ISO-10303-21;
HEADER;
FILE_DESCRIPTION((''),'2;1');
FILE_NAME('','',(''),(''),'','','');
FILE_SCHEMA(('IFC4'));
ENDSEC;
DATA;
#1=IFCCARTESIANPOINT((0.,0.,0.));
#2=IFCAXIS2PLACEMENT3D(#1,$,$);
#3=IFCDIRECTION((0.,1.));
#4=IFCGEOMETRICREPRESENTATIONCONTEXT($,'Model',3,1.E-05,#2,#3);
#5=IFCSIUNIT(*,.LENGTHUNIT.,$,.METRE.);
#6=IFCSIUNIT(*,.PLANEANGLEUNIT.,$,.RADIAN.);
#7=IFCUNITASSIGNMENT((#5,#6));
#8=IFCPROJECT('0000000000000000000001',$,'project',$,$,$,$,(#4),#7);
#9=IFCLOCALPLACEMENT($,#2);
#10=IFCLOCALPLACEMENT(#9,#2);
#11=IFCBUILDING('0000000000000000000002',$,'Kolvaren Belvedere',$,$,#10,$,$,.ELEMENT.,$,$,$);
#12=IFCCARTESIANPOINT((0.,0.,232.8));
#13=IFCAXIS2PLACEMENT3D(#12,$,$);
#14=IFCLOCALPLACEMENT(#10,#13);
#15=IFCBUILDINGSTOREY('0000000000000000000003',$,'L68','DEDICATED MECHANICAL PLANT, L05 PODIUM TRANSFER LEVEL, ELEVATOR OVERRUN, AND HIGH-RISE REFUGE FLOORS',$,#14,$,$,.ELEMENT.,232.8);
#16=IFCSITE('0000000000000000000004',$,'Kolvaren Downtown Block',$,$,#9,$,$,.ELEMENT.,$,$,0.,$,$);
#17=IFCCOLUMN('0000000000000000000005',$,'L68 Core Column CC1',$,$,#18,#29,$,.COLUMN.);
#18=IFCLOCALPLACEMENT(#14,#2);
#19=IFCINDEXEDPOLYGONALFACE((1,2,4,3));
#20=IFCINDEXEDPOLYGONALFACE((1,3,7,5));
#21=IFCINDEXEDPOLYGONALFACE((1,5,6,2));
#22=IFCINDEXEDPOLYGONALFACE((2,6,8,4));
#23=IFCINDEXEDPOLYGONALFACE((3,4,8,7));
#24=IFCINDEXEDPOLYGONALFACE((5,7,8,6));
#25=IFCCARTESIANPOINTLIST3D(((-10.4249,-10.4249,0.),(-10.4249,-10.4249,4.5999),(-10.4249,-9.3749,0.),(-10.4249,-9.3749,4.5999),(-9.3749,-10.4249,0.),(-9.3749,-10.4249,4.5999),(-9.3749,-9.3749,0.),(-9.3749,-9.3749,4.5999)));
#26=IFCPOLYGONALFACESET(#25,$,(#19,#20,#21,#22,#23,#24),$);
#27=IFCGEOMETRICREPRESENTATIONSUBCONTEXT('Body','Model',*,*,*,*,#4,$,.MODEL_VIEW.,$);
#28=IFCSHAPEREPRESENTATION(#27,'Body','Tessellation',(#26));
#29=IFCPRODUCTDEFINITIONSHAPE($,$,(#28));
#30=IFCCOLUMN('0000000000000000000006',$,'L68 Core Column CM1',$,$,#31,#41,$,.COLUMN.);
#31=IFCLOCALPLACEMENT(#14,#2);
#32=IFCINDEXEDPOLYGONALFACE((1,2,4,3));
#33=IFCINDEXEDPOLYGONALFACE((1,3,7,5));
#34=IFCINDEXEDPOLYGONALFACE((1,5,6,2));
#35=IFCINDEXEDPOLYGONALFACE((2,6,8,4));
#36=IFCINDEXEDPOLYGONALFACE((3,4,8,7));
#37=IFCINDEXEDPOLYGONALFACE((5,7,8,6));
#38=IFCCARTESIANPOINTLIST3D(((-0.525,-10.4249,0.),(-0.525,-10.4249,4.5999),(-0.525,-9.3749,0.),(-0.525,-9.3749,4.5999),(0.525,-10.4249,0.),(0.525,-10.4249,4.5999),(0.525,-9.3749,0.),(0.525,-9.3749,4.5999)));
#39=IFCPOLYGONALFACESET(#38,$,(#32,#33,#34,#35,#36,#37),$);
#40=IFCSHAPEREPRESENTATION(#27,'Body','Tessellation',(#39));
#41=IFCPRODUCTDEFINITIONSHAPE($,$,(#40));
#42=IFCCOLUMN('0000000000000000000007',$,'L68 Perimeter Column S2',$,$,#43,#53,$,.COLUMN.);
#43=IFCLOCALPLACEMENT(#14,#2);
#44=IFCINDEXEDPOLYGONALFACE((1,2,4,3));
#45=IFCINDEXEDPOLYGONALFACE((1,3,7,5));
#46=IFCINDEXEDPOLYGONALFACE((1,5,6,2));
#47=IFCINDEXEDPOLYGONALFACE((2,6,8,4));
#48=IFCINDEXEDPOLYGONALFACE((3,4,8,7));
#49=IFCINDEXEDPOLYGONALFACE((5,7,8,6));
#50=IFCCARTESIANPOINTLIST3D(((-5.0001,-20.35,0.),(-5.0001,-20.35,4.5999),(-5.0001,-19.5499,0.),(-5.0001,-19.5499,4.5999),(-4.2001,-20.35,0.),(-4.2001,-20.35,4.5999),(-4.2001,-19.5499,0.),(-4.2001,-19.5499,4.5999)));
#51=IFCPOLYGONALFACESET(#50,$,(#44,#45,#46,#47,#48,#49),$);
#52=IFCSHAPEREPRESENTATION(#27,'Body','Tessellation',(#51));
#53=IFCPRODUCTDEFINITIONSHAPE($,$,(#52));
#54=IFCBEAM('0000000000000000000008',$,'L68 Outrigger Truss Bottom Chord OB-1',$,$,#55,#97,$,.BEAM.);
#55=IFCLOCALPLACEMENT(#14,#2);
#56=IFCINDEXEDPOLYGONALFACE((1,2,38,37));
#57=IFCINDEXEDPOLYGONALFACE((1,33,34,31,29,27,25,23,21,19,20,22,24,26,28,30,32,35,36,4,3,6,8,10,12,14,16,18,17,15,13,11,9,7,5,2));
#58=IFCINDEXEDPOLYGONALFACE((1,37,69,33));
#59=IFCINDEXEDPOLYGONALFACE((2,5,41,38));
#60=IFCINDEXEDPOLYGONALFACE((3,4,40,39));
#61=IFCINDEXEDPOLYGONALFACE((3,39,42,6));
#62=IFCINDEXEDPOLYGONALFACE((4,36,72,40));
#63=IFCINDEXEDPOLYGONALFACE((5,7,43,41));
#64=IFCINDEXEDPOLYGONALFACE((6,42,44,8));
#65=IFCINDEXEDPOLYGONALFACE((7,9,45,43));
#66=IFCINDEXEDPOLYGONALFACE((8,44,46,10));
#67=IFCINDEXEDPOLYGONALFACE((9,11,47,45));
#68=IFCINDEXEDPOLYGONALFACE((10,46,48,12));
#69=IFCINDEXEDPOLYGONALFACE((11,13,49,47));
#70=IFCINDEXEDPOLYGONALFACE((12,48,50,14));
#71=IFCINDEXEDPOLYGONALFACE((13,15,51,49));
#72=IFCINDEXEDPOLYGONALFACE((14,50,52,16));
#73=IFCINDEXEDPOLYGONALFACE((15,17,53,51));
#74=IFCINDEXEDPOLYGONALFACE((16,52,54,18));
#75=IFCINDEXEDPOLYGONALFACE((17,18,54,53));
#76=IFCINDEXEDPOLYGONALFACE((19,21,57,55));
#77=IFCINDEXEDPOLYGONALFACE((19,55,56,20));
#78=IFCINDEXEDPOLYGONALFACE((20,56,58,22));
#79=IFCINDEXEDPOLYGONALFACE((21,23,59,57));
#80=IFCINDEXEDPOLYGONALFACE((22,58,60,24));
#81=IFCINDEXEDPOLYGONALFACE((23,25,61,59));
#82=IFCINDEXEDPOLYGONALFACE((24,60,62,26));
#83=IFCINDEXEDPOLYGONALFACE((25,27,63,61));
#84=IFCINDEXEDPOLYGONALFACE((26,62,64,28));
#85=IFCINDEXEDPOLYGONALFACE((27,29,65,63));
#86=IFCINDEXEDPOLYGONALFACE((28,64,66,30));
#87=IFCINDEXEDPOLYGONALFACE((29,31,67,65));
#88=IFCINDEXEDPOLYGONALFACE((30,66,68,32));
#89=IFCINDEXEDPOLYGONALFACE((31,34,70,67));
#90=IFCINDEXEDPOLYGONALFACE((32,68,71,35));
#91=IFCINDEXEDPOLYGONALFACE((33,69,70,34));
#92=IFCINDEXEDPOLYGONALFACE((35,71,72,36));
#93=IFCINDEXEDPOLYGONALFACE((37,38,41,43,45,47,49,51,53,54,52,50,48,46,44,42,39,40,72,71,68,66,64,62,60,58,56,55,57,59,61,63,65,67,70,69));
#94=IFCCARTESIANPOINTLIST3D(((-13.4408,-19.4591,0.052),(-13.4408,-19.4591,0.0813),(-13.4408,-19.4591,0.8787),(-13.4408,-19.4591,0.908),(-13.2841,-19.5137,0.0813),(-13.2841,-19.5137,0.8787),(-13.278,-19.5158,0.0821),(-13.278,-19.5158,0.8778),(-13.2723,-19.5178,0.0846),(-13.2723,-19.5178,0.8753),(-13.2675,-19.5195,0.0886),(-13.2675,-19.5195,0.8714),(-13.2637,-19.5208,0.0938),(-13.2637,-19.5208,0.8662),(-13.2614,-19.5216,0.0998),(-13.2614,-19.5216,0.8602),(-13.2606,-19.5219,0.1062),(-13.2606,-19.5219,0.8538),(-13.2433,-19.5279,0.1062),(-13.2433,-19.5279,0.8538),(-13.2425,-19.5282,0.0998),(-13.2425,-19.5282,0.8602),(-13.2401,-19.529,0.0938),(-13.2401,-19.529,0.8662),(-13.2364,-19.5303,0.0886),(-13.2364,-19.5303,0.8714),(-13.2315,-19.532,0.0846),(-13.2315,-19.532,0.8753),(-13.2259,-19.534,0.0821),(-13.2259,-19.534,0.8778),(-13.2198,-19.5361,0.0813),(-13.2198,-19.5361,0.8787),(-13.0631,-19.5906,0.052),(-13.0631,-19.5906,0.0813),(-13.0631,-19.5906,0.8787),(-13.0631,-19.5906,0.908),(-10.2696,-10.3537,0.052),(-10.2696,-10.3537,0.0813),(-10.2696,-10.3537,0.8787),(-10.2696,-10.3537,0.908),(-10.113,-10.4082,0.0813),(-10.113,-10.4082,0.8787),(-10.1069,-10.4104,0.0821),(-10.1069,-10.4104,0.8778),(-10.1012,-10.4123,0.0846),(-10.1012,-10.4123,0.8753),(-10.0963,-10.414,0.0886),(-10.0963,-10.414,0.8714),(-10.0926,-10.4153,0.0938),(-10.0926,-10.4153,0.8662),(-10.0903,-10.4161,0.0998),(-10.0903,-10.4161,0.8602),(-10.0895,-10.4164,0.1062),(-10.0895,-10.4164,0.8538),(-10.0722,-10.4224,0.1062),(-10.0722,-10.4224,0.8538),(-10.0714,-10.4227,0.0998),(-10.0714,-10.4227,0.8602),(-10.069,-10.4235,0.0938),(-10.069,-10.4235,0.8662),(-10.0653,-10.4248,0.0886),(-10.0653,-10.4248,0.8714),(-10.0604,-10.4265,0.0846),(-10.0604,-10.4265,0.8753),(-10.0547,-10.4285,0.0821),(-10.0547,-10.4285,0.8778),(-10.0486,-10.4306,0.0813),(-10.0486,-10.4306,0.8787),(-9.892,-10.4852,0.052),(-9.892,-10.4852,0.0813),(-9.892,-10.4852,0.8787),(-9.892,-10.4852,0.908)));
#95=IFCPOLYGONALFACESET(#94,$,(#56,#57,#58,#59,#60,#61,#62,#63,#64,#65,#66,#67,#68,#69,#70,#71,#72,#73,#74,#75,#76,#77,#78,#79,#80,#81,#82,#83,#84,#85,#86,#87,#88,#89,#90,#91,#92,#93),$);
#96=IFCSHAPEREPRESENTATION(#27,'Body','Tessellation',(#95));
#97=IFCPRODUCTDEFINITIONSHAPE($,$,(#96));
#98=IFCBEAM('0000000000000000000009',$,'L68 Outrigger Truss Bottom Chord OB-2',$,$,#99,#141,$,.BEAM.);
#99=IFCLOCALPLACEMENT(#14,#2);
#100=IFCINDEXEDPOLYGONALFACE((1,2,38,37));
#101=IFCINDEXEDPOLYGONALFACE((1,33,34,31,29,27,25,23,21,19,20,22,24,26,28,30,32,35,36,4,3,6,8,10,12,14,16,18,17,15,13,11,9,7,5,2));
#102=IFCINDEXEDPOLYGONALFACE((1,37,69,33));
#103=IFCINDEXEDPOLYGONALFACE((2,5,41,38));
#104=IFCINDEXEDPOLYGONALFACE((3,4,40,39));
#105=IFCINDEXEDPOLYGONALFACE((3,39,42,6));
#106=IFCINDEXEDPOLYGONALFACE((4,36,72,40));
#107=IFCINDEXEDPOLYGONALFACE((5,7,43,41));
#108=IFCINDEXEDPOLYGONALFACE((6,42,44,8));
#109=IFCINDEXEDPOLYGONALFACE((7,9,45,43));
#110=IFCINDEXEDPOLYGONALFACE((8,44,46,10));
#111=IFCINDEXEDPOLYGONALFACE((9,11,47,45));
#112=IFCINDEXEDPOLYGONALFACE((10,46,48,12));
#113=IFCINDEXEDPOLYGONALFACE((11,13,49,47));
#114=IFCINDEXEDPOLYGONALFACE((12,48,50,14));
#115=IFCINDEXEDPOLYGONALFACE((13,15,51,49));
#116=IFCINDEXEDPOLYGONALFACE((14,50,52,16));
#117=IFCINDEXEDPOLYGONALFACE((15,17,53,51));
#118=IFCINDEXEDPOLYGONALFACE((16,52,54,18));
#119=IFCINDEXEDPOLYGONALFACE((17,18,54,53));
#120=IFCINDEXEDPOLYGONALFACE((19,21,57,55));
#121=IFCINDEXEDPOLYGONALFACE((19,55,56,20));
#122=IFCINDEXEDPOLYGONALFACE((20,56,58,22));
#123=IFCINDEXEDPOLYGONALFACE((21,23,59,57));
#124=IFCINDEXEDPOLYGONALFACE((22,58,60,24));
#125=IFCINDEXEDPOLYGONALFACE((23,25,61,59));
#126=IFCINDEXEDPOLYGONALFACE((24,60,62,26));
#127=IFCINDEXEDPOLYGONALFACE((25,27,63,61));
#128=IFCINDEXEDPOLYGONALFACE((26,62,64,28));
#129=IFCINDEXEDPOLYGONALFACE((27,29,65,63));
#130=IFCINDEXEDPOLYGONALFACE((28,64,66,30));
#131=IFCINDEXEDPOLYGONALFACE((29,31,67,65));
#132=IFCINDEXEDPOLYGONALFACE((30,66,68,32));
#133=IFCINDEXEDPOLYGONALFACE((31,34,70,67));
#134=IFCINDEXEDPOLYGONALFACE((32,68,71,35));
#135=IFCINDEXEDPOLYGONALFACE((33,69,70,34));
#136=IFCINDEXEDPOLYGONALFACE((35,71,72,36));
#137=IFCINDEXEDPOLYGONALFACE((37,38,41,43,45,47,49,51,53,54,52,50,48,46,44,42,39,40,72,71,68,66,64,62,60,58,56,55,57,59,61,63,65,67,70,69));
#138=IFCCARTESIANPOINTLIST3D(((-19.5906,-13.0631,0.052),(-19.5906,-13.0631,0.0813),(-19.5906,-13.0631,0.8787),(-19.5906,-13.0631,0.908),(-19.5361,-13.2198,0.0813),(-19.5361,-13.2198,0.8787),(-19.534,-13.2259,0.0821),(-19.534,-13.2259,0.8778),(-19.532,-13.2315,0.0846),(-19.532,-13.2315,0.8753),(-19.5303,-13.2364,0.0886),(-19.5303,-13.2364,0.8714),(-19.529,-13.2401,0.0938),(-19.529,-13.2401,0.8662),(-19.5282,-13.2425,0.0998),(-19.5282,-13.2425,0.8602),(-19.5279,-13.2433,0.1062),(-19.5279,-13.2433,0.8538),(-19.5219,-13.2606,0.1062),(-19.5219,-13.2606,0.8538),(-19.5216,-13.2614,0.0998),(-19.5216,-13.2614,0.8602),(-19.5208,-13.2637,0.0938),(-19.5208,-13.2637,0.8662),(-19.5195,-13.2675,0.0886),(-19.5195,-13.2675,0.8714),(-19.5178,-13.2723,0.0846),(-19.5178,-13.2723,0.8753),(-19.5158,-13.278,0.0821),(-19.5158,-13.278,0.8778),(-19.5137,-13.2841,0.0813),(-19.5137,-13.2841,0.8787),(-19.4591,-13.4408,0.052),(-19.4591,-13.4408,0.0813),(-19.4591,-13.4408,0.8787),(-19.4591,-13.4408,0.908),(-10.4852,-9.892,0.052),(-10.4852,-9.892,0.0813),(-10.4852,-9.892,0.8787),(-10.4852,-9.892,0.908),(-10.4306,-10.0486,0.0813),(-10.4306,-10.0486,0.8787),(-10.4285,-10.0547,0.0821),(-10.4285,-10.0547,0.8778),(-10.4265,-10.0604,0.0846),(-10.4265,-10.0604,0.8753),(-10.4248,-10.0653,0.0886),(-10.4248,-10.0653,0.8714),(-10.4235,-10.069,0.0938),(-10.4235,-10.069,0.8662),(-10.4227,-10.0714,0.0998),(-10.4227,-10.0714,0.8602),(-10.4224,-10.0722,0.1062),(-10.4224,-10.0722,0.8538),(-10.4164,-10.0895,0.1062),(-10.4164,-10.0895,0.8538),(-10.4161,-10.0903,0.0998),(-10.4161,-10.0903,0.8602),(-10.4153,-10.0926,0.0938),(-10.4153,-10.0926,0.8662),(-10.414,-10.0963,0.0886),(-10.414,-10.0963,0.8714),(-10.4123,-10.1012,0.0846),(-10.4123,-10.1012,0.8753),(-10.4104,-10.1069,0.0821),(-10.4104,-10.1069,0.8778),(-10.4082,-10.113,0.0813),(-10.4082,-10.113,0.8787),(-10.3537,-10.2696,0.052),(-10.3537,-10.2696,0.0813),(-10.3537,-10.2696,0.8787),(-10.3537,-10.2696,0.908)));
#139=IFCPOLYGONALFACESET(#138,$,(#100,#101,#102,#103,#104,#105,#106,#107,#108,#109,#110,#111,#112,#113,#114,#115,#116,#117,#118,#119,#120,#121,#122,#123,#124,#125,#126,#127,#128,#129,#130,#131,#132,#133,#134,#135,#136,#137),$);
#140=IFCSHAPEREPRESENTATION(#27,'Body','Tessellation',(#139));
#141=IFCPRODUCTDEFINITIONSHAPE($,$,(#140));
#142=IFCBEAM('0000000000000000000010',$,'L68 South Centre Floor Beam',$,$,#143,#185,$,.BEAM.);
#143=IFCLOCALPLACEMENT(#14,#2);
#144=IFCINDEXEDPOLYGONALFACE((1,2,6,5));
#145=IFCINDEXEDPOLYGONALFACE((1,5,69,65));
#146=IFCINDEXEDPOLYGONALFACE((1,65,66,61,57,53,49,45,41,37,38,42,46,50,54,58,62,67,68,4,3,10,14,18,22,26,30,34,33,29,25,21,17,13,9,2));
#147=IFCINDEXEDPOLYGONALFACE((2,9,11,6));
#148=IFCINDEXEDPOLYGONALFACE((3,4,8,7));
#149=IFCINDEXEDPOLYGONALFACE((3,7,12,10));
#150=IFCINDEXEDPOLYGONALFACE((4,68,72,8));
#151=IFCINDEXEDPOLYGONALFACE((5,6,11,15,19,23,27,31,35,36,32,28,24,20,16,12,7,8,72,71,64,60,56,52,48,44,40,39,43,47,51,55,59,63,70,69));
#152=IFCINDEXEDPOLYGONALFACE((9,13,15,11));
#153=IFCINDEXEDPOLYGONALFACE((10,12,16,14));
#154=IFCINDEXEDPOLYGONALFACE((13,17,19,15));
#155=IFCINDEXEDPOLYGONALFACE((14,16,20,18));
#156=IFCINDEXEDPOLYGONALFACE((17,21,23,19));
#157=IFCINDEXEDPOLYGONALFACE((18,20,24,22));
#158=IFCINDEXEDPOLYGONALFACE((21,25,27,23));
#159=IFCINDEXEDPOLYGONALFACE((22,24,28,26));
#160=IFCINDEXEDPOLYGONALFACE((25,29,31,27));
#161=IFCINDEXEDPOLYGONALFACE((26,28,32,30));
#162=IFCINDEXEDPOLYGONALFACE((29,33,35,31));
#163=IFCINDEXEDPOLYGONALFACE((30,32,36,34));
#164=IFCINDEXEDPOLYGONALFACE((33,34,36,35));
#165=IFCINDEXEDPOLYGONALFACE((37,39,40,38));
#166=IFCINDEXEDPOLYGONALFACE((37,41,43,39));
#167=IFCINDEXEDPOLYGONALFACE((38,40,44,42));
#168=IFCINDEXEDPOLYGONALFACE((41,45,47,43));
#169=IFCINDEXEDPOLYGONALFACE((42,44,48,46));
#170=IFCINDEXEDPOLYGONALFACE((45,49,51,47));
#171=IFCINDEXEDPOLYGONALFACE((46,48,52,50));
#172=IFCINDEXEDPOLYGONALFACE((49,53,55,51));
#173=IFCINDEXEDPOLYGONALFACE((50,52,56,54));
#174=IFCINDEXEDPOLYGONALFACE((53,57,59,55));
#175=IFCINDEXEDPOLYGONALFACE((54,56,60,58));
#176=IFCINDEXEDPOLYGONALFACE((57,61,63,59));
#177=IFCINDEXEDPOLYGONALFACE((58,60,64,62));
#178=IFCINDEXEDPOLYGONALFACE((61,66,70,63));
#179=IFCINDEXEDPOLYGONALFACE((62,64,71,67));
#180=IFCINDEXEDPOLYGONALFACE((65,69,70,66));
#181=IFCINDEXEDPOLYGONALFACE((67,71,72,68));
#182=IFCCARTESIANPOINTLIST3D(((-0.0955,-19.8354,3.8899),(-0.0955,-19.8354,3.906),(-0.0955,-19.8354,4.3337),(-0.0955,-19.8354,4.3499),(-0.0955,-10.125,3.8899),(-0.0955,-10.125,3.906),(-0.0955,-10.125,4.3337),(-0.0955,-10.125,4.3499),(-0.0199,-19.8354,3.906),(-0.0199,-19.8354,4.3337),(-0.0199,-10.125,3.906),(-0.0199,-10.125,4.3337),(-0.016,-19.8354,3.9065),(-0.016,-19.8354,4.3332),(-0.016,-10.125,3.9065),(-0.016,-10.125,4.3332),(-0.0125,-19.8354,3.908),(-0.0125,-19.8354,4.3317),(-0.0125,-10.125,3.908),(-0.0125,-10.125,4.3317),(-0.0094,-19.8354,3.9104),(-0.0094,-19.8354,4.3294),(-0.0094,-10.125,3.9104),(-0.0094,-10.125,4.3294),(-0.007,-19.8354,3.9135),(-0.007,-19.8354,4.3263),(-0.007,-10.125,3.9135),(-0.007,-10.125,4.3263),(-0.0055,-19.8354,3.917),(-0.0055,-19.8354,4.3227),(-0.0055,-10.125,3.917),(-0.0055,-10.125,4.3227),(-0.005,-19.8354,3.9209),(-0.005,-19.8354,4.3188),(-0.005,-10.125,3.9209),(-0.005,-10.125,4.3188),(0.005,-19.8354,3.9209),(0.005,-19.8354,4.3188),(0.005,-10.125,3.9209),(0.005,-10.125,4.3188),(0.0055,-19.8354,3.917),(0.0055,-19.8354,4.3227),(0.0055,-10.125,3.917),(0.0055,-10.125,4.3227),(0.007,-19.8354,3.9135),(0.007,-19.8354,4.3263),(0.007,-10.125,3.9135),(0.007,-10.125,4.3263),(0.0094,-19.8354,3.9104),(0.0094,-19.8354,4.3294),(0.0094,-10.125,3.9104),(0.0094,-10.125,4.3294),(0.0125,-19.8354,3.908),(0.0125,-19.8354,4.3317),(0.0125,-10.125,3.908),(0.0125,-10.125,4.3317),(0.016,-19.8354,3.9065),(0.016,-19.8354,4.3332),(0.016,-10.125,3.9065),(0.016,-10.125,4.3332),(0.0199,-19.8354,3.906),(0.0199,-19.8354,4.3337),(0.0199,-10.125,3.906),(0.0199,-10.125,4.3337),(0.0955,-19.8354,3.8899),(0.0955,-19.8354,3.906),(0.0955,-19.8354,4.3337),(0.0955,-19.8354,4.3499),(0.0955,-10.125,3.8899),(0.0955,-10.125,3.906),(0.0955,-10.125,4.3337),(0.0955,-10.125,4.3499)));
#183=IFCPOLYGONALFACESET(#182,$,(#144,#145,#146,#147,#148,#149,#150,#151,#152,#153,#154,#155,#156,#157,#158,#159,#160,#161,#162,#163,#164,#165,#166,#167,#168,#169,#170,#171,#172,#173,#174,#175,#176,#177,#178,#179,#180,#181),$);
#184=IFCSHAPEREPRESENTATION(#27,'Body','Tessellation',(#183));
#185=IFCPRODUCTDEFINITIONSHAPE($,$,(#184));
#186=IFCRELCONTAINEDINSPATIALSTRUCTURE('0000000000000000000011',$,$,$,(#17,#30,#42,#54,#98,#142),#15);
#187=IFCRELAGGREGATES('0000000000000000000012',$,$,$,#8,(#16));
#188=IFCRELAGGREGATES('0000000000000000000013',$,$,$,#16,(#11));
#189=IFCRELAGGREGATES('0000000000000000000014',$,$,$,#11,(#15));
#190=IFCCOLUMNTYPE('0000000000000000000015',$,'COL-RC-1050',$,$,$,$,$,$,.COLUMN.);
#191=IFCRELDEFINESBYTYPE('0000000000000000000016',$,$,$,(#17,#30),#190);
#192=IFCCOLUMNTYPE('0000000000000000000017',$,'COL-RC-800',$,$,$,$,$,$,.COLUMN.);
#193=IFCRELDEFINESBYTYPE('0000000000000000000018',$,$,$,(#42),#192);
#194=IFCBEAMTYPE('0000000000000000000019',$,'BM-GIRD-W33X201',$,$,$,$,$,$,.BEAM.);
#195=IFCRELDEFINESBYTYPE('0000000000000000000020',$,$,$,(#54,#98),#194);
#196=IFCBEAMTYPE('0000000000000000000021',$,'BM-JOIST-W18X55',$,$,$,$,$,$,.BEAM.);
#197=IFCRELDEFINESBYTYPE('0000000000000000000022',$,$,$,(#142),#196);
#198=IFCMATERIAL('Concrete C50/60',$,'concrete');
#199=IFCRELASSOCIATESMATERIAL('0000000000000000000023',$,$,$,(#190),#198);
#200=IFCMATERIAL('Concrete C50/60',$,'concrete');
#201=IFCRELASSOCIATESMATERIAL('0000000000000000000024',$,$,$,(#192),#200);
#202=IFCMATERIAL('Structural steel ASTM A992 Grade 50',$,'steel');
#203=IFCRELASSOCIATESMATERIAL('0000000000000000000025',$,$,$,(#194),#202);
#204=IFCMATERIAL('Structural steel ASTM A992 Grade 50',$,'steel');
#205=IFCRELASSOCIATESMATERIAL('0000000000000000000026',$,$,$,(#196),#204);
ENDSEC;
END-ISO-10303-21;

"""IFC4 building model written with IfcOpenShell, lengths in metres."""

from ifc_helpers import new_model, si_unit, direction, frame, origin, origin_2d, place, context, subcontext, project, spatial, rectangle, i_section, extrude, material, material_profile, profile_set, type_object, element, save


model = new_model("IFC4")

# Units and contexts
model_context = context("Model", 3, precision=1e-05, world=origin(), true_north=direction((0.0, 1.0)))
body_context = subcontext(model_context, "Body", "Model", "MODEL_VIEW")
ifc_project = project(units=[si_unit("LENGTHUNIT", "METRE"), si_unit("PLANEANGLEUNIT", "RADIAN")], contexts=[model_context])

# Site, building, storey
site_placement = place(None, origin())
site = spatial("IfcSite", under=ifc_project, at=site_placement, Name="Kolvaren Downtown Block", CompositionType="ELEMENT", RefElevation=0.0)
building_placement = place(site_placement, origin())
building = spatial("IfcBuilding", under=site, at=building_placement, Name="Kolvaren Belvedere", CompositionType="ELEMENT")
storey_placement = place(building_placement, frame((0.0, 0.0, 232.8)))
storey = spatial("IfcBuildingStorey", under=building, at=storey_placement, Name="L68", Description="DEDICATED MECHANICAL PLANT, L05 PODIUM TRANSFER LEVEL, ELEVATOR OVERRUN, AND HIGH-RISE REFUGE FLOORS", CompositionType="ELEMENT", Elevation=232.8)

# Columns
ifc_material_1 = material(Name="Concrete C50/60", Category="concrete")
ifc_material_profile_1 = material_profile(ifc_material_1, rectangle(XDim=1.05, YDim=1.05, at=origin_2d()), Name="RC 1050X1050")
ifc_profile_set_1 = profile_set([ifc_material_profile_1], Name="Concrete C50/60")
column_type_1 = type_object("IfcColumnType", Name="COL-RC-1050", PredefinedType="COLUMN", material=ifc_profile_set_1)
for number, where, z_axis, x_axis, name in (
    (1, (-9.8999, -9.8999, 0.0), (0.0, 0.0, 1.0), (1.0, 0.0, 0.0), "L68 Core Column CC1"),
    (2, (0.0, -9.8999, 0.0), (0.0, 0.0, 1.0), (1.0, 0.0, 0.0), "L68 Core Column CM1"),
):
    element("IfcColumn", number, at=place(storey_placement, frame(where, z_axis=z_axis, x_axis=x_axis)), inside=storey, type_object=column_type_1, Name=name, PredefinedType="COLUMN", context=body_context, shape_type="SweptSolid", body=[
        extrude(rectangle(XDim=1.05, YDim=1.05, at=origin_2d()), origin(), (0.0, 0.0, 1.0), 4.5999),
    ])
ifc_material_2 = material(Name="Concrete C50/60", Category="concrete")
ifc_material_profile_2 = material_profile(ifc_material_2, rectangle(XDim=0.8, YDim=0.8, at=origin_2d()), Name="RC 800X800")
ifc_profile_set_2 = profile_set([ifc_material_profile_2], Name="Concrete C50/60")
column_type_2 = type_object("IfcColumnType", Name="COL-RC-800", PredefinedType="COLUMN", material=ifc_profile_set_2)
column_placement = place(storey_placement, frame((-4.6001, -19.95, 0.0), z_axis=(0.0, 0.0, 1.0), x_axis=(1.0, 0.0, 0.0)))
element("IfcColumn", 3, at=column_placement, inside=storey, type_object=column_type_2, Name="L68 Perimeter Column S2", PredefinedType="COLUMN", context=body_context, shape_type="SweptSolid", body=[
    extrude(rectangle(XDim=0.8, YDim=0.8, at=origin_2d()), origin(), (0.0, 0.0, 1.0), 4.5999),
])

# Beams
ifc_material_3 = material(Name="Structural steel ASTM A992 Grade 50", Category="steel")
ifc_material_profile_3 = material_profile(ifc_material_3, i_section(OverallWidth=0.3999, OverallDepth=0.856, WebThickness=0.0183, FlangeThickness=0.0293, FilletRadius=0.0249, at=origin_2d()), Name="W33X201")
ifc_profile_set_3 = profile_set([ifc_material_profile_3], Name="Structural steel ASTM A992 Grade 50")
beam_type_1 = type_object("IfcBeamType", Name="BM-GIRD-W33X201", PredefinedType="BEAM", material=ifc_profile_set_3)
for number, where, z_axis, x_axis, name in (
    (4, (-10.0808, -10.4194, 0.48), (-0.328893, -0.944367, 0.0), (0.944367, -0.328893, 0.0), "L68 Outrigger Truss Bottom Chord OB-1"),
    (5, (-10.4194, -10.0808, 0.48), (-0.944367, -0.328893, 0.0), (0.328893, -0.944367, 0.0), "L68 Outrigger Truss Bottom Chord OB-2"),
):
    element("IfcBeam", number, at=place(storey_placement, frame(where, z_axis=z_axis, x_axis=x_axis)), inside=storey, type_object=beam_type_1, Name=name, PredefinedType="BEAM", context=body_context, shape_type="SweptSolid", body=[
        extrude(i_section(OverallWidth=0.3999, OverallDepth=0.856, WebThickness=0.0183, FlangeThickness=0.0293, FilletRadius=0.0249, at=origin_2d()), origin(), (0.0, 0.0, 1.0), 9.6418),
    ])
ifc_material_4 = material(Name="Structural steel ASTM A992 Grade 50", Category="steel")
ifc_material_profile_4 = material_profile(ifc_material_4, i_section(OverallWidth=0.1909, OverallDepth=0.46, WebThickness=0.01, FlangeThickness=0.0161, FilletRadius=0.0149, at=origin_2d()), Name="W18X55")
ifc_profile_set_4 = profile_set([ifc_material_profile_4], Name="Structural steel ASTM A992 Grade 50")
beam_type_2 = type_object("IfcBeamType", Name="BM-JOIST-W18X55", PredefinedType="BEAM", material=ifc_profile_set_4)
beam_1_placement = place(storey_placement, frame((0.0, -10.125, 4.1199), z_axis=(0.0, -1.0, 0.0), x_axis=(1.0, 0.0, 0.0)))
element("IfcBeam", 6, at=beam_1_placement, inside=storey, type_object=beam_type_2, Name="L68 South Centre Floor Beam", PredefinedType="BEAM", context=body_context, shape_type="SweptSolid", body=[
    extrude(i_section(OverallWidth=0.1909, OverallDepth=0.46, WebThickness=0.01, FlangeThickness=0.0161, FilletRadius=0.0149, at=origin_2d()), origin(), (0.0, 0.0, 1.0), 9.7104),
])

save(model, "model.ifc")
